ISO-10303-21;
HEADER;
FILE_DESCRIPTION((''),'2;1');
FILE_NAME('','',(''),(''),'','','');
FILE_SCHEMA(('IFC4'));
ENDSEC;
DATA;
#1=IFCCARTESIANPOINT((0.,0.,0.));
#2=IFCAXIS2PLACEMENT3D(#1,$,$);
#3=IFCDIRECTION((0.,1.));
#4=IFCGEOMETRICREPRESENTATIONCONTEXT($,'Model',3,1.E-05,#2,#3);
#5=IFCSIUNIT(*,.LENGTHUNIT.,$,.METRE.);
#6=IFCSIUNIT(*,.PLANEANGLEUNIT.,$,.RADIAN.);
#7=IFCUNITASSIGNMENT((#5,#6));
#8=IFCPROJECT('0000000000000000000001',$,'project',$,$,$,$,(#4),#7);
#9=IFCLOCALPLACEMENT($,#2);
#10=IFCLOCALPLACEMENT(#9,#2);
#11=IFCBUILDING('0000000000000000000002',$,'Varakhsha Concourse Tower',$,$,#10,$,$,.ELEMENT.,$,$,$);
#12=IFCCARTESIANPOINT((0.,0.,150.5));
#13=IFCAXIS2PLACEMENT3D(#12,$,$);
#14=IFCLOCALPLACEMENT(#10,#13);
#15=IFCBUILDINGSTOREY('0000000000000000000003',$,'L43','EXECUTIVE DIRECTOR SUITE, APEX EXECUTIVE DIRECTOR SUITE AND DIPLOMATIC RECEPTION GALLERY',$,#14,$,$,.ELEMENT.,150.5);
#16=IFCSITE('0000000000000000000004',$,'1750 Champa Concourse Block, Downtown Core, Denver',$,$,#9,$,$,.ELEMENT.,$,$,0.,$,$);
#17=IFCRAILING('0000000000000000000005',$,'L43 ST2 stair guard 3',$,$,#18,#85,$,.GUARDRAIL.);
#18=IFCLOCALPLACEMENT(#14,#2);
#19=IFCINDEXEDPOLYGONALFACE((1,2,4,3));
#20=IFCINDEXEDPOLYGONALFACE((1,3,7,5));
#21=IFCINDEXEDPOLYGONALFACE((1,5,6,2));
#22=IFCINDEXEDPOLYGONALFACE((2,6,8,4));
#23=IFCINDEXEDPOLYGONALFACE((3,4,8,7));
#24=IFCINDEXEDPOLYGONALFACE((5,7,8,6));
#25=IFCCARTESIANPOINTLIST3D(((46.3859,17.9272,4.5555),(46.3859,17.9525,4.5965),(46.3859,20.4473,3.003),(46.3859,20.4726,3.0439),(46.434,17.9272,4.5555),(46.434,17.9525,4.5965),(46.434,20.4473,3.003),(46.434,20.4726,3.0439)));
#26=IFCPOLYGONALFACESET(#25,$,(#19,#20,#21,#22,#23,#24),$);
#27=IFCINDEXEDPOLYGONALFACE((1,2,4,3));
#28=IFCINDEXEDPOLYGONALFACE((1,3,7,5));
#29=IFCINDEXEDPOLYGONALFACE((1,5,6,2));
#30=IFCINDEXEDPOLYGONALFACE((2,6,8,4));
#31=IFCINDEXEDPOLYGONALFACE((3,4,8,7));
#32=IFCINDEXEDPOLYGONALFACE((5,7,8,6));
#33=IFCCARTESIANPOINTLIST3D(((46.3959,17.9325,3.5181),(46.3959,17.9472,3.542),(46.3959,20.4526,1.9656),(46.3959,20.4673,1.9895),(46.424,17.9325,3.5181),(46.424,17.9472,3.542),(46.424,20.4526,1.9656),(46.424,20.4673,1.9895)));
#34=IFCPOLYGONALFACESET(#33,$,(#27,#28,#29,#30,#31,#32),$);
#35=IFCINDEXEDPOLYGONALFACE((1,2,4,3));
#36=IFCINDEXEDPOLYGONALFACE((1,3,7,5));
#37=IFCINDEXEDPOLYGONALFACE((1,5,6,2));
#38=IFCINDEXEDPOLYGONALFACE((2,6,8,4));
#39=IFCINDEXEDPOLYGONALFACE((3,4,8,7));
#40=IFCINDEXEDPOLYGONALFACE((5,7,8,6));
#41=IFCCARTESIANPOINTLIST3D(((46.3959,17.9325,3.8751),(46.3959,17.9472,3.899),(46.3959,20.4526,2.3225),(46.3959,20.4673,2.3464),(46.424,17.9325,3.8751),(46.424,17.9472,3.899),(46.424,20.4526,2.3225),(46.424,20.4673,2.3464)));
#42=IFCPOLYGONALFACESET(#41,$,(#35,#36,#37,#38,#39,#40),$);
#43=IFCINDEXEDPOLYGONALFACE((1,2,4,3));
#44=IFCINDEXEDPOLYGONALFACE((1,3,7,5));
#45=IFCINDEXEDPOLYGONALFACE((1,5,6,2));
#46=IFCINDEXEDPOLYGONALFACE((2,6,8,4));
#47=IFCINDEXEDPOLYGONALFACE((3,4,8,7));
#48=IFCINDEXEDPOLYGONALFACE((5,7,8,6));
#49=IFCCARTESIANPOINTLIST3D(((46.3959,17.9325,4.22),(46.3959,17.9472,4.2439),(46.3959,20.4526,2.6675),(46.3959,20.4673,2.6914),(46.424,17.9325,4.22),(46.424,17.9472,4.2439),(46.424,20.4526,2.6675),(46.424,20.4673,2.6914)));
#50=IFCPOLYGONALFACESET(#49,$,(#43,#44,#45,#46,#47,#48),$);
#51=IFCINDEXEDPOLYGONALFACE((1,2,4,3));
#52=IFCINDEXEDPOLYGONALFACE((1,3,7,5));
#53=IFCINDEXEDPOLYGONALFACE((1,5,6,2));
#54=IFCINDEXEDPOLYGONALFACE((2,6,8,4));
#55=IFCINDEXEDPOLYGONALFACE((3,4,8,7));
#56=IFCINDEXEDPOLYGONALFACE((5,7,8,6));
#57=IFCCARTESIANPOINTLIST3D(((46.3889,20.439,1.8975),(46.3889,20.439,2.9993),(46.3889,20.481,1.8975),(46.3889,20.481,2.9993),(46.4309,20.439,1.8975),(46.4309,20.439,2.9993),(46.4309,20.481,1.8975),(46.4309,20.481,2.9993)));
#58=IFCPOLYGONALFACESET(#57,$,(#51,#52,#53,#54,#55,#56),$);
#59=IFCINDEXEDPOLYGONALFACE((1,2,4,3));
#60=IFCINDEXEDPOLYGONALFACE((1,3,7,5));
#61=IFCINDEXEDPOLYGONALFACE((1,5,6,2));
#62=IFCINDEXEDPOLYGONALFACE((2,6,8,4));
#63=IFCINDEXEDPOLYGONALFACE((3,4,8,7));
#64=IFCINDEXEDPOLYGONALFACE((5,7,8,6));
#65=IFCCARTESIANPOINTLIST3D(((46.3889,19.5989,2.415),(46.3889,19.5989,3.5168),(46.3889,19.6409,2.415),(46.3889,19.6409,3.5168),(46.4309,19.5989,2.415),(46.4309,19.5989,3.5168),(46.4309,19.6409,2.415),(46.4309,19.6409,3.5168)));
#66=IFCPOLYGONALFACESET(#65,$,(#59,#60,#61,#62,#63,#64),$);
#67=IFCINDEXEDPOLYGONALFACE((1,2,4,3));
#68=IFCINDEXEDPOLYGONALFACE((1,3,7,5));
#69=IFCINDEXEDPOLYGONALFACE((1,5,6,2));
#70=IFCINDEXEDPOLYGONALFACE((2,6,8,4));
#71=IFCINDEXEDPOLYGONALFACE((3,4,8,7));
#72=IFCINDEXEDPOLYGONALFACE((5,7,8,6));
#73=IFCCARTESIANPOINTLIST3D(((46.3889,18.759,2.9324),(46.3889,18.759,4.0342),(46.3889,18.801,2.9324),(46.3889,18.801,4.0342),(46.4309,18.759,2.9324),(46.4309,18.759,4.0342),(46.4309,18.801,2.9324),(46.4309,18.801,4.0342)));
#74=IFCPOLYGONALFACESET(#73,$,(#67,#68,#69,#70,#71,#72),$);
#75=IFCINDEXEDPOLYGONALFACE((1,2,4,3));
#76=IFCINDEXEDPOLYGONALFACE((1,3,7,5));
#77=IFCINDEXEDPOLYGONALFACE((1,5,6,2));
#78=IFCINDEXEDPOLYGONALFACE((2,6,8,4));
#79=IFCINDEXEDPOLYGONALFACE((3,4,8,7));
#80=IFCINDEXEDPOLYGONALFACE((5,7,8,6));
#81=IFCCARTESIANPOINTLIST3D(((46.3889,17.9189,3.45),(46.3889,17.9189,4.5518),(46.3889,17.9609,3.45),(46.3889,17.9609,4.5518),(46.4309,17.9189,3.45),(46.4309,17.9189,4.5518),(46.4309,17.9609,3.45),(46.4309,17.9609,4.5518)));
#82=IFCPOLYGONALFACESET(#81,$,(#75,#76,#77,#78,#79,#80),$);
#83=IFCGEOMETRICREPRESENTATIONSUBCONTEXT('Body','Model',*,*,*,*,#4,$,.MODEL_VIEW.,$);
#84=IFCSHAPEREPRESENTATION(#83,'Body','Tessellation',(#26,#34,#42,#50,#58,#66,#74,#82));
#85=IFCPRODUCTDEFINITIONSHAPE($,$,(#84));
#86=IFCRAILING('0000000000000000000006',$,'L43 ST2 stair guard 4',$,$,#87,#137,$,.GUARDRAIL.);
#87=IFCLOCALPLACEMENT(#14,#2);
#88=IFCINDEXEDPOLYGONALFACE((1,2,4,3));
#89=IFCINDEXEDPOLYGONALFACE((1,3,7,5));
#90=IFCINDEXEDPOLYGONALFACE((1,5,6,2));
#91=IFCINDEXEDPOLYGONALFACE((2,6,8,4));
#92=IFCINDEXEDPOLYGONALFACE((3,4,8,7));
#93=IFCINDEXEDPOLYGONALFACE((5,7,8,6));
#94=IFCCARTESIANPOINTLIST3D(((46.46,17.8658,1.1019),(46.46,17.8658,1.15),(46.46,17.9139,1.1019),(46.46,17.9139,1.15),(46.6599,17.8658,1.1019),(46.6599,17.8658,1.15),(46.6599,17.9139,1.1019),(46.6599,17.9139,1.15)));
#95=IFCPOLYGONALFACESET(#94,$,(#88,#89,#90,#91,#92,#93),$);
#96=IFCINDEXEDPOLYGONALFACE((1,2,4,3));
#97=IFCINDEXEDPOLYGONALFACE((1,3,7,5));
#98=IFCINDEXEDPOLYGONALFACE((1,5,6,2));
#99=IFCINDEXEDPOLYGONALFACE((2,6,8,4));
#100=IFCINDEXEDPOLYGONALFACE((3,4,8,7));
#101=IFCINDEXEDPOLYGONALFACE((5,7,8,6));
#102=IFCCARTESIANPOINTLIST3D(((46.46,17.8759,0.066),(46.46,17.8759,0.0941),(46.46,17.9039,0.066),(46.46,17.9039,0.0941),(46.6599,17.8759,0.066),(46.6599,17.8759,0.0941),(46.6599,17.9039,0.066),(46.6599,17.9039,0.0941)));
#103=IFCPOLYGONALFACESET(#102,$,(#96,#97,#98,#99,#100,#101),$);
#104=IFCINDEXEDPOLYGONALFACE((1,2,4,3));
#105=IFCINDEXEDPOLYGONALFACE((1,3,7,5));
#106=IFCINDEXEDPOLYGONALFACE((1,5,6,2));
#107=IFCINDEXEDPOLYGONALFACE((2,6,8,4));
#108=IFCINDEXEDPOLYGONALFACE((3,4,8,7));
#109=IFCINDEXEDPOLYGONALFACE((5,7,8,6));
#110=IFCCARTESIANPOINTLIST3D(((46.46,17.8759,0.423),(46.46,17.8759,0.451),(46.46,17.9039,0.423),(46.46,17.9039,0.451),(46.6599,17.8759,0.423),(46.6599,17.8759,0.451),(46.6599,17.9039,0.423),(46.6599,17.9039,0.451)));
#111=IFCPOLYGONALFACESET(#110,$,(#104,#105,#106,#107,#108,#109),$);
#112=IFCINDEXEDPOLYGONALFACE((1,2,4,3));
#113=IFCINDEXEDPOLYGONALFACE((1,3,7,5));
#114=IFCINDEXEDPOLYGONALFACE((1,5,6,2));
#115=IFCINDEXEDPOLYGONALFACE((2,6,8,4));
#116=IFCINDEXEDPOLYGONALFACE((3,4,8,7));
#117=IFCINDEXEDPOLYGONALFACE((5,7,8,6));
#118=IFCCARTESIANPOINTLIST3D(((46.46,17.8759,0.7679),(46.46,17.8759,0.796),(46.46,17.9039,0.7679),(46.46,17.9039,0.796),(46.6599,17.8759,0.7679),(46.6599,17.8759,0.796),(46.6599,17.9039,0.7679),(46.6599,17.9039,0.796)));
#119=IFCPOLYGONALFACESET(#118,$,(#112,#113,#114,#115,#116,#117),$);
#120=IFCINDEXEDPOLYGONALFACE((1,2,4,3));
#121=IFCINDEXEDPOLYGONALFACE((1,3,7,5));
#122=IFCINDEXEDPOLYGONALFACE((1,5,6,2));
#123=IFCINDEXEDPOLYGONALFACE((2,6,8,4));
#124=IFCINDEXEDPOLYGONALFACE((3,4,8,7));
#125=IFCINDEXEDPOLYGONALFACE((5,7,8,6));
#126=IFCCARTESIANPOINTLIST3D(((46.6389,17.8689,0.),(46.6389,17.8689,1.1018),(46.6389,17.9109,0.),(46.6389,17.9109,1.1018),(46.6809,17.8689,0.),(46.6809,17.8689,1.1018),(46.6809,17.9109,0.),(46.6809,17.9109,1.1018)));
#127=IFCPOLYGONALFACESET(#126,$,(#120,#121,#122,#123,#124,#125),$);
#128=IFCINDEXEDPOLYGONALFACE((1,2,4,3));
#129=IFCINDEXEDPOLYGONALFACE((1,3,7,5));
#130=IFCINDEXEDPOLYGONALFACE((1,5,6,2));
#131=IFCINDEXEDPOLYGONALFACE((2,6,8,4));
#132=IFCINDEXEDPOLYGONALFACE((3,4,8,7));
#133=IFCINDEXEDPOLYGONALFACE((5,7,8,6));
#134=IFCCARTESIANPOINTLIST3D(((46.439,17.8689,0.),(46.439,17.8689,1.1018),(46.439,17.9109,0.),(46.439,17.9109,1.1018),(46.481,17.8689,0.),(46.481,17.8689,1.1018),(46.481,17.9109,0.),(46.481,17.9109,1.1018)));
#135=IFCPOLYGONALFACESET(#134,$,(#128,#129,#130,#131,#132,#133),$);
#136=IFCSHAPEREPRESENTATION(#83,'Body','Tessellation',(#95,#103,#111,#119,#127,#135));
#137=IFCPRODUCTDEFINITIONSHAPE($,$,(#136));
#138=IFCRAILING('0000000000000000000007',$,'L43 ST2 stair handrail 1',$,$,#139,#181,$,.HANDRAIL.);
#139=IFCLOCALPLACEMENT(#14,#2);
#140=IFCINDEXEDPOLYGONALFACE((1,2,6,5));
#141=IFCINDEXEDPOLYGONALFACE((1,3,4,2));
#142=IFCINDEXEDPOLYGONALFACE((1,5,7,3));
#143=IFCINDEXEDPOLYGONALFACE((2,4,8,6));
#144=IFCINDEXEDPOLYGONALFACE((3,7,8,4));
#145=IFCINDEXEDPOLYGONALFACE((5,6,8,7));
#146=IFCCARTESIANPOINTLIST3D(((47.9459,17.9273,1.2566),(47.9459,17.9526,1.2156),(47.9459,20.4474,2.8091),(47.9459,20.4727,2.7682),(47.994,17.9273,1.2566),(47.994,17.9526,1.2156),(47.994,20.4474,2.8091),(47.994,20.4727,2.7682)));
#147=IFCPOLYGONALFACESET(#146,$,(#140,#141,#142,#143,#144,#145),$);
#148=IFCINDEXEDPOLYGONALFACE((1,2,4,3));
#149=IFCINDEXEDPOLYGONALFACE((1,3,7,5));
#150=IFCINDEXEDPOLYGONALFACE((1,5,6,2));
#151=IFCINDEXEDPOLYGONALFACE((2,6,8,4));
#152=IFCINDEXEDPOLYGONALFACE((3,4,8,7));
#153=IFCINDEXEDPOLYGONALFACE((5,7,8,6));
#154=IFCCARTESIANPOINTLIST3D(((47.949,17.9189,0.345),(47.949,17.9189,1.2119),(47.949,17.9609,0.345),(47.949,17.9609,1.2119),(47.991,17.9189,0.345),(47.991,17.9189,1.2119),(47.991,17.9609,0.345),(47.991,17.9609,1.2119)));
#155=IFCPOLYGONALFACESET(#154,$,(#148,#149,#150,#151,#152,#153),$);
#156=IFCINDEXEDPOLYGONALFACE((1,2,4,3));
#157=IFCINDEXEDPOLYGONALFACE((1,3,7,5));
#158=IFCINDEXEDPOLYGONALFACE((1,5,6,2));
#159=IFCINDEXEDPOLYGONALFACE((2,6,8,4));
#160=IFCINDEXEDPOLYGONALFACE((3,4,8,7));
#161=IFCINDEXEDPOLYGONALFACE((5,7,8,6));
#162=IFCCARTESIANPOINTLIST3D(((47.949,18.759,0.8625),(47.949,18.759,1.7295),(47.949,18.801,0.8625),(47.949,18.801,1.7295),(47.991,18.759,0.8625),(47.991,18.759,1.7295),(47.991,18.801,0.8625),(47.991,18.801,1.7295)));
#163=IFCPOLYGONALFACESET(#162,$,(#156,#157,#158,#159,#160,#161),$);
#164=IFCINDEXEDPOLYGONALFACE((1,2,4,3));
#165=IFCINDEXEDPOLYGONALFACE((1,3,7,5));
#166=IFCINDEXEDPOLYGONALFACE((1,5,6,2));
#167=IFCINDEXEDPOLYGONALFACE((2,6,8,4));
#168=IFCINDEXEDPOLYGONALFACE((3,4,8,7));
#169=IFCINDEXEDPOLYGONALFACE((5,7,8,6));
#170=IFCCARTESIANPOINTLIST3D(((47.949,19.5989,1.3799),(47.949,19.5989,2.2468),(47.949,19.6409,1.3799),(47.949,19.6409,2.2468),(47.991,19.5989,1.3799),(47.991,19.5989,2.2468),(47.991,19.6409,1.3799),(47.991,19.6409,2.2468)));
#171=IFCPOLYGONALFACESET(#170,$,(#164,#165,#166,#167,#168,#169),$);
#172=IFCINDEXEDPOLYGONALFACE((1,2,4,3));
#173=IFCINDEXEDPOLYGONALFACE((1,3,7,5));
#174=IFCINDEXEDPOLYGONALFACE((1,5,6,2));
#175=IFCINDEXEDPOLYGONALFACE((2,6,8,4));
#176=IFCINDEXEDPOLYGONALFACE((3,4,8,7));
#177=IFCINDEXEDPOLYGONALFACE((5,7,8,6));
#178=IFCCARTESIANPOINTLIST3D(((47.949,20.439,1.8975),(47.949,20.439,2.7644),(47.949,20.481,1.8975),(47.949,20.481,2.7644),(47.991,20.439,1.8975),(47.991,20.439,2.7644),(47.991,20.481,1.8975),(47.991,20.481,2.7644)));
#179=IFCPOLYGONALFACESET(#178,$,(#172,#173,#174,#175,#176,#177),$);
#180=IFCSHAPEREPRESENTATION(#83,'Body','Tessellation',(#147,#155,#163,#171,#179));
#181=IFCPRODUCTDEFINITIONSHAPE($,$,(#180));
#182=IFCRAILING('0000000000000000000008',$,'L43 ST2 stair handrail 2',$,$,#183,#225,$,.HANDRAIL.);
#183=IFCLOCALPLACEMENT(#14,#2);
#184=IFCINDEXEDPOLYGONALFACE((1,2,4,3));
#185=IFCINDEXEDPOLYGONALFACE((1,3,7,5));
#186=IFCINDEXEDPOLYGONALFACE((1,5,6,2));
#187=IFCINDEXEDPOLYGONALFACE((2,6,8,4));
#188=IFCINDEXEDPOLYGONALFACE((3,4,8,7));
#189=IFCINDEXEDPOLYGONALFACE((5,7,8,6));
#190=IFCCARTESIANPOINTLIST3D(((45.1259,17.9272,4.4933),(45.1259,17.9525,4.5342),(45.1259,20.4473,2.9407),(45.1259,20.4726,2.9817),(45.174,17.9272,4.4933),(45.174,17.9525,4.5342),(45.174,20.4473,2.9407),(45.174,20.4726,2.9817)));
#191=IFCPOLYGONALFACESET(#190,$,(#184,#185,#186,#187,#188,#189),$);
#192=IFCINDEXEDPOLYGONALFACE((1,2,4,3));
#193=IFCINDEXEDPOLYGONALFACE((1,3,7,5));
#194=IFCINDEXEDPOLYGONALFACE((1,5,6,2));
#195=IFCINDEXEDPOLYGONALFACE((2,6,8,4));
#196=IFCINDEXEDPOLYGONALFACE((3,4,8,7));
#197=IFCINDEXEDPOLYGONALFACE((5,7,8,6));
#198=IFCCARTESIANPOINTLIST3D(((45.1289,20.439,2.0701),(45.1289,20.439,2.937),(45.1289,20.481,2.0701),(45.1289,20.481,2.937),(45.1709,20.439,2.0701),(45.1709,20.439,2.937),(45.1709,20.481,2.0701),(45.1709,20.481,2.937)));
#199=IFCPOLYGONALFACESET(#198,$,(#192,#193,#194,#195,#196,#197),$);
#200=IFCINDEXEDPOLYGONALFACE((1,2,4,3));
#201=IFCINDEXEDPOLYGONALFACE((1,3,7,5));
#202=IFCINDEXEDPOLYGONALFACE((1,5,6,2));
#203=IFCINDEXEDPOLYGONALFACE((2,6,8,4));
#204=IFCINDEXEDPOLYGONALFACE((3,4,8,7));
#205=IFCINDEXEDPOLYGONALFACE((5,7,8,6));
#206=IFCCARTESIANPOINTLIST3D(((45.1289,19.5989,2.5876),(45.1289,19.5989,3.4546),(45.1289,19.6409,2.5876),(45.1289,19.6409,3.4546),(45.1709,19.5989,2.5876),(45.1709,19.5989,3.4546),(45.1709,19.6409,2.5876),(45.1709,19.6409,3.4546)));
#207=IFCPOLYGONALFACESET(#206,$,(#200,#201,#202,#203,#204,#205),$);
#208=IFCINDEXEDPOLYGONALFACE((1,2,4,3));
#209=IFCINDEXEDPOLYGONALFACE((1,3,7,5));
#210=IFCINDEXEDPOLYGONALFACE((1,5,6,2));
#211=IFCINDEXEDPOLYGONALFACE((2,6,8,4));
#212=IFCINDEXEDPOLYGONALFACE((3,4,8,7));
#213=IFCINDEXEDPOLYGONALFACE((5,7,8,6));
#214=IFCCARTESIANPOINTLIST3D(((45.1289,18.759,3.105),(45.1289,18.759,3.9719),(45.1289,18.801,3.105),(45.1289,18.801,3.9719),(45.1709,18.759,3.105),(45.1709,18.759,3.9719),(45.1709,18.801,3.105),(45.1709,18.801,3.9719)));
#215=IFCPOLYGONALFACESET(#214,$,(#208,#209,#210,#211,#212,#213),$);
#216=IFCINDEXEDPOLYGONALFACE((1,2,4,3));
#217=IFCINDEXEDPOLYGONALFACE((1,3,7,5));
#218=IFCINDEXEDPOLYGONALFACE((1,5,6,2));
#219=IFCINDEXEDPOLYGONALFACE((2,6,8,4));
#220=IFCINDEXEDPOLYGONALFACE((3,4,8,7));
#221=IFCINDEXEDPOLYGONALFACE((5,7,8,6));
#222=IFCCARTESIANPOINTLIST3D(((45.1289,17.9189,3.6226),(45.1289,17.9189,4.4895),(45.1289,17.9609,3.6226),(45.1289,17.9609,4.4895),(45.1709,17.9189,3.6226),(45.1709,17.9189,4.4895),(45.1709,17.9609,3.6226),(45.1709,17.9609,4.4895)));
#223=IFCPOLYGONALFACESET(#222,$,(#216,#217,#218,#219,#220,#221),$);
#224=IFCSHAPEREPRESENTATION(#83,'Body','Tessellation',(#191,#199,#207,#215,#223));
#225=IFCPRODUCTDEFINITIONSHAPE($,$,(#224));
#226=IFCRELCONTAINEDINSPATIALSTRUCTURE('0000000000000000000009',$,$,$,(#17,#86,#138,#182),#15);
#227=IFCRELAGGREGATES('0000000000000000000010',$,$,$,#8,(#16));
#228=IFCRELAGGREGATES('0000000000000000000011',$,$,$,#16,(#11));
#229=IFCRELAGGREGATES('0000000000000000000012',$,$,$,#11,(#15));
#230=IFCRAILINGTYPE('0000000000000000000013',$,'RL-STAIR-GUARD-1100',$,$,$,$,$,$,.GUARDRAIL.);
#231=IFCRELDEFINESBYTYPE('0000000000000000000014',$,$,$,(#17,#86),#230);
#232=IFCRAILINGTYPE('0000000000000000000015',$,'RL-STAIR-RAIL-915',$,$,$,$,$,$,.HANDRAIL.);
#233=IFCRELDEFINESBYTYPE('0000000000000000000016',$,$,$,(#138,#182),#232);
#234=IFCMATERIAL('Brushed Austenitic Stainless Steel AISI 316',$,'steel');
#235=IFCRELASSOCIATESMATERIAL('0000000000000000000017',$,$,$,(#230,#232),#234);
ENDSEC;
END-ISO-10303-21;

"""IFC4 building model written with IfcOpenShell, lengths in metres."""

from ifc_helpers import new_model, si_unit, direction, frame, origin, origin_2d, place, context, subcontext, project, spatial, rectangle, extrude, material, type_object, element, save


model = new_model("IFC4")

# Units and contexts
model_context = context("Model", 3, precision=1e-05, world=origin(), true_north=direction((0.0, 1.0)))
body_context = subcontext(model_context, "Body", "Model", "MODEL_VIEW")
ifc_project = project(units=[si_unit("LENGTHUNIT", "METRE"), si_unit("PLANEANGLEUNIT", "RADIAN")], contexts=[model_context])

# Site, building, storey
site_placement = place(None, origin())
site = spatial("IfcSite", under=ifc_project, at=site_placement, Name="1750 Champa Concourse Block, Downtown Core, Denver", CompositionType="ELEMENT", RefElevation=0.0)
building_placement = place(site_placement, origin())
building = spatial("IfcBuilding", under=site, at=building_placement, Name="Varakhsha Concourse Tower", CompositionType="ELEMENT")
storey_placement = place(building_placement, frame((0.0, 0.0, 150.5)))
storey = spatial("IfcBuildingStorey", under=building, at=storey_placement, Name="L43", Description="EXECUTIVE DIRECTOR SUITE, APEX EXECUTIVE DIRECTOR SUITE AND DIPLOMATIC RECEPTION GALLERY", CompositionType="ELEMENT", Elevation=150.5)

# Railings
ifc_material_1 = material(Name="Brushed Austenitic Stainless Steel AISI 316", Category="steel")
railing_type_1 = type_object("IfcRailingType", Name="RL-STAIR-GUARD-1100", PredefinedType="GUARDRAIL", material=ifc_material_1)
railing_1_placement = place(storey_placement, frame((46.4099, 20.46, 1.8975)))
element("IfcRailing", 1, at=railing_1_placement, inside=storey, type_object=railing_type_1, Name="L43 ST2 stair guard 3", PredefinedType="GUARDRAIL", context=body_context, shape_type="SweptSolid", body=[
    extrude(rectangle(XDim=0.0481, YDim=0.0481, at=origin_2d()), frame((0.0, 0.0, 1.126), z_axis=(0.0, -0.8514, 0.524516), x_axis=(1.0, 0.0, 0.0)), (0.0, 0.0, 1.0), 2.96),
    extrude(rectangle(XDim=0.0281, YDim=0.0281, at=origin_2d()), frame((0.0, 0.0, 0.0801), z_axis=(0.0, -0.8514, 0.524516), x_axis=(1.0, 0.0, 0.0)), (0.0, 0.0, 1.0), 2.96),
    extrude(rectangle(XDim=0.0281, YDim=0.0281, at=origin_2d()), frame((0.0, 0.0, 0.437), z_axis=(0.0, -0.8514, 0.524516), x_axis=(1.0, 0.0, 0.0)), (0.0, 0.0, 1.0), 2.96),
    extrude(rectangle(XDim=0.0281, YDim=0.0281, at=origin_2d()), frame((0.0, 0.0, 0.782), z_axis=(0.0, -0.8514, 0.524516), x_axis=(1.0, 0.0, 0.0)), (0.0, 0.0, 1.0), 2.96),
    extrude(rectangle(XDim=0.042, YDim=0.042, at=origin_2d()), origin(), (0.0, 0.0, 1.0), 1.1018),
    extrude(rectangle(XDim=0.042, YDim=0.042, at=origin_2d()), frame((0.0, -0.8401, 0.5176)), (0.0, 0.0, 1.0), 1.1018),
    extrude(rectangle(XDim=0.042, YDim=0.042, at=origin_2d()), frame((0.0, -1.6799, 1.0349)), (0.0, 0.0, 1.0), 1.1018),
    extrude(rectangle(XDim=0.042, YDim=0.042, at=origin_2d()), frame((0.0, -2.52, 1.5525)), (0.0, 0.0, 1.0), 1.1018),
])
railing_2_placement = place(storey_placement, frame((46.6599, 17.8899, 0.0)))
element("IfcRailing", 2, at=railing_2_placement, inside=storey, type_object=railing_type_1, Name="L43 ST2 stair guard 4", PredefinedType="GUARDRAIL", context=body_context, shape_type="SweptSolid", body=[
    extrude(rectangle(XDim=0.0481, YDim=0.0481, at=origin_2d()), frame((0.0, 0.0, 1.126), z_axis=(-1.0, 0.0, 0.0), x_axis=(0.0, -1.0, 0.0)), (0.0, 0.0, 1.0), 0.2),
    extrude(rectangle(XDim=0.0281, YDim=0.0281, at=origin_2d()), frame((0.0, 0.0, 0.0801), z_axis=(-1.0, 0.0, 0.0), x_axis=(0.0, -1.0, 0.0)), (0.0, 0.0, 1.0), 0.2),
    extrude(rectangle(XDim=0.0281, YDim=0.0281, at=origin_2d()), frame((0.0, 0.0, 0.437), z_axis=(-1.0, 0.0, 0.0), x_axis=(0.0, -1.0, 0.0)), (0.0, 0.0, 1.0), 0.2),
    extrude(rectangle(XDim=0.0281, YDim=0.0281, at=origin_2d()), frame((0.0, 0.0, 0.782), z_axis=(-1.0, 0.0, 0.0), x_axis=(0.0, -1.0, 0.0)), (0.0, 0.0, 1.0), 0.2),
    extrude(rectangle(XDim=0.042, YDim=0.042, at=origin_2d()), origin(), (0.0, 0.0, 1.0), 1.1018),
    extrude(rectangle(XDim=0.042, YDim=0.042, at=origin_2d()), frame((-0.2, 0.0, 0.0)), (0.0, 0.0, 1.0), 1.1018),
])
railing_type_2 = type_object("IfcRailingType", Name="RL-STAIR-RAIL-915", PredefinedType="HANDRAIL", material=ifc_material_1)
railing_3_placement = place(storey_placement, frame((47.97, 17.9399, 0.345)))
element("IfcRailing", 3, at=railing_3_placement, inside=storey, type_object=railing_type_2, Name="L43 ST2 stair handrail 1", PredefinedType="HANDRAIL", context=body_context, shape_type="SweptSolid", body=[
    extrude(rectangle(XDim=0.0481, YDim=0.0481, at=origin_2d()), frame((0.0, 0.0, 0.8911), z_axis=(0.0, 0.8514, 0.524516), x_axis=(-1.0, 0.0, 0.0)), (0.0, 0.0, 1.0), 2.96),
    extrude(rectangle(XDim=0.042, YDim=0.042, at=origin_2d()), origin(), (0.0, 0.0, 1.0), 0.8669),
    extrude(rectangle(XDim=0.042, YDim=0.042, at=origin_2d()), frame((0.0, 0.8401, 0.5176)), (0.0, 0.0, 1.0), 0.8669),
    extrude(rectangle(XDim=0.042, YDim=0.042, at=origin_2d()), frame((0.0, 1.6799, 1.0349)), (0.0, 0.0, 1.0), 0.8669),
    extrude(rectangle(XDim=0.042, YDim=0.042, at=origin_2d()), frame((0.0, 2.52, 1.5525)), (0.0, 0.0, 1.0), 0.8669),
])
railing_4_placement = place(storey_placement, frame((45.1499, 20.46, 2.0701)))
element("IfcRailing", 4, at=railing_4_placement, inside=storey, type_object=railing_type_2, Name="L43 ST2 stair handrail 2", PredefinedType="HANDRAIL", context=body_context, shape_type="SweptSolid", body=[
    extrude(rectangle(XDim=0.0481, YDim=0.0481, at=origin_2d()), frame((0.0, 0.0, 0.8911), z_axis=(0.0, -0.8514, 0.524516), x_axis=(1.0, 0.0, 0.0)), (0.0, 0.0, 1.0), 2.96),
    extrude(rectangle(XDim=0.042, YDim=0.042, at=origin_2d()), origin(), (0.0, 0.0, 1.0), 0.8669),
    extrude(rectangle(XDim=0.042, YDim=0.042, at=origin_2d()), frame((0.0, -0.8401, 0.5176)), (0.0, 0.0, 1.0), 0.8669),
    extrude(rectangle(XDim=0.042, YDim=0.042, at=origin_2d()), frame((0.0, -1.6799, 1.0349)), (0.0, 0.0, 1.0), 0.8669),
    extrude(rectangle(XDim=0.042, YDim=0.042, at=origin_2d()), frame((0.0, -2.52, 1.5525)), (0.0, 0.0, 1.0), 0.8669),
])

save(model, "model.ifc")
